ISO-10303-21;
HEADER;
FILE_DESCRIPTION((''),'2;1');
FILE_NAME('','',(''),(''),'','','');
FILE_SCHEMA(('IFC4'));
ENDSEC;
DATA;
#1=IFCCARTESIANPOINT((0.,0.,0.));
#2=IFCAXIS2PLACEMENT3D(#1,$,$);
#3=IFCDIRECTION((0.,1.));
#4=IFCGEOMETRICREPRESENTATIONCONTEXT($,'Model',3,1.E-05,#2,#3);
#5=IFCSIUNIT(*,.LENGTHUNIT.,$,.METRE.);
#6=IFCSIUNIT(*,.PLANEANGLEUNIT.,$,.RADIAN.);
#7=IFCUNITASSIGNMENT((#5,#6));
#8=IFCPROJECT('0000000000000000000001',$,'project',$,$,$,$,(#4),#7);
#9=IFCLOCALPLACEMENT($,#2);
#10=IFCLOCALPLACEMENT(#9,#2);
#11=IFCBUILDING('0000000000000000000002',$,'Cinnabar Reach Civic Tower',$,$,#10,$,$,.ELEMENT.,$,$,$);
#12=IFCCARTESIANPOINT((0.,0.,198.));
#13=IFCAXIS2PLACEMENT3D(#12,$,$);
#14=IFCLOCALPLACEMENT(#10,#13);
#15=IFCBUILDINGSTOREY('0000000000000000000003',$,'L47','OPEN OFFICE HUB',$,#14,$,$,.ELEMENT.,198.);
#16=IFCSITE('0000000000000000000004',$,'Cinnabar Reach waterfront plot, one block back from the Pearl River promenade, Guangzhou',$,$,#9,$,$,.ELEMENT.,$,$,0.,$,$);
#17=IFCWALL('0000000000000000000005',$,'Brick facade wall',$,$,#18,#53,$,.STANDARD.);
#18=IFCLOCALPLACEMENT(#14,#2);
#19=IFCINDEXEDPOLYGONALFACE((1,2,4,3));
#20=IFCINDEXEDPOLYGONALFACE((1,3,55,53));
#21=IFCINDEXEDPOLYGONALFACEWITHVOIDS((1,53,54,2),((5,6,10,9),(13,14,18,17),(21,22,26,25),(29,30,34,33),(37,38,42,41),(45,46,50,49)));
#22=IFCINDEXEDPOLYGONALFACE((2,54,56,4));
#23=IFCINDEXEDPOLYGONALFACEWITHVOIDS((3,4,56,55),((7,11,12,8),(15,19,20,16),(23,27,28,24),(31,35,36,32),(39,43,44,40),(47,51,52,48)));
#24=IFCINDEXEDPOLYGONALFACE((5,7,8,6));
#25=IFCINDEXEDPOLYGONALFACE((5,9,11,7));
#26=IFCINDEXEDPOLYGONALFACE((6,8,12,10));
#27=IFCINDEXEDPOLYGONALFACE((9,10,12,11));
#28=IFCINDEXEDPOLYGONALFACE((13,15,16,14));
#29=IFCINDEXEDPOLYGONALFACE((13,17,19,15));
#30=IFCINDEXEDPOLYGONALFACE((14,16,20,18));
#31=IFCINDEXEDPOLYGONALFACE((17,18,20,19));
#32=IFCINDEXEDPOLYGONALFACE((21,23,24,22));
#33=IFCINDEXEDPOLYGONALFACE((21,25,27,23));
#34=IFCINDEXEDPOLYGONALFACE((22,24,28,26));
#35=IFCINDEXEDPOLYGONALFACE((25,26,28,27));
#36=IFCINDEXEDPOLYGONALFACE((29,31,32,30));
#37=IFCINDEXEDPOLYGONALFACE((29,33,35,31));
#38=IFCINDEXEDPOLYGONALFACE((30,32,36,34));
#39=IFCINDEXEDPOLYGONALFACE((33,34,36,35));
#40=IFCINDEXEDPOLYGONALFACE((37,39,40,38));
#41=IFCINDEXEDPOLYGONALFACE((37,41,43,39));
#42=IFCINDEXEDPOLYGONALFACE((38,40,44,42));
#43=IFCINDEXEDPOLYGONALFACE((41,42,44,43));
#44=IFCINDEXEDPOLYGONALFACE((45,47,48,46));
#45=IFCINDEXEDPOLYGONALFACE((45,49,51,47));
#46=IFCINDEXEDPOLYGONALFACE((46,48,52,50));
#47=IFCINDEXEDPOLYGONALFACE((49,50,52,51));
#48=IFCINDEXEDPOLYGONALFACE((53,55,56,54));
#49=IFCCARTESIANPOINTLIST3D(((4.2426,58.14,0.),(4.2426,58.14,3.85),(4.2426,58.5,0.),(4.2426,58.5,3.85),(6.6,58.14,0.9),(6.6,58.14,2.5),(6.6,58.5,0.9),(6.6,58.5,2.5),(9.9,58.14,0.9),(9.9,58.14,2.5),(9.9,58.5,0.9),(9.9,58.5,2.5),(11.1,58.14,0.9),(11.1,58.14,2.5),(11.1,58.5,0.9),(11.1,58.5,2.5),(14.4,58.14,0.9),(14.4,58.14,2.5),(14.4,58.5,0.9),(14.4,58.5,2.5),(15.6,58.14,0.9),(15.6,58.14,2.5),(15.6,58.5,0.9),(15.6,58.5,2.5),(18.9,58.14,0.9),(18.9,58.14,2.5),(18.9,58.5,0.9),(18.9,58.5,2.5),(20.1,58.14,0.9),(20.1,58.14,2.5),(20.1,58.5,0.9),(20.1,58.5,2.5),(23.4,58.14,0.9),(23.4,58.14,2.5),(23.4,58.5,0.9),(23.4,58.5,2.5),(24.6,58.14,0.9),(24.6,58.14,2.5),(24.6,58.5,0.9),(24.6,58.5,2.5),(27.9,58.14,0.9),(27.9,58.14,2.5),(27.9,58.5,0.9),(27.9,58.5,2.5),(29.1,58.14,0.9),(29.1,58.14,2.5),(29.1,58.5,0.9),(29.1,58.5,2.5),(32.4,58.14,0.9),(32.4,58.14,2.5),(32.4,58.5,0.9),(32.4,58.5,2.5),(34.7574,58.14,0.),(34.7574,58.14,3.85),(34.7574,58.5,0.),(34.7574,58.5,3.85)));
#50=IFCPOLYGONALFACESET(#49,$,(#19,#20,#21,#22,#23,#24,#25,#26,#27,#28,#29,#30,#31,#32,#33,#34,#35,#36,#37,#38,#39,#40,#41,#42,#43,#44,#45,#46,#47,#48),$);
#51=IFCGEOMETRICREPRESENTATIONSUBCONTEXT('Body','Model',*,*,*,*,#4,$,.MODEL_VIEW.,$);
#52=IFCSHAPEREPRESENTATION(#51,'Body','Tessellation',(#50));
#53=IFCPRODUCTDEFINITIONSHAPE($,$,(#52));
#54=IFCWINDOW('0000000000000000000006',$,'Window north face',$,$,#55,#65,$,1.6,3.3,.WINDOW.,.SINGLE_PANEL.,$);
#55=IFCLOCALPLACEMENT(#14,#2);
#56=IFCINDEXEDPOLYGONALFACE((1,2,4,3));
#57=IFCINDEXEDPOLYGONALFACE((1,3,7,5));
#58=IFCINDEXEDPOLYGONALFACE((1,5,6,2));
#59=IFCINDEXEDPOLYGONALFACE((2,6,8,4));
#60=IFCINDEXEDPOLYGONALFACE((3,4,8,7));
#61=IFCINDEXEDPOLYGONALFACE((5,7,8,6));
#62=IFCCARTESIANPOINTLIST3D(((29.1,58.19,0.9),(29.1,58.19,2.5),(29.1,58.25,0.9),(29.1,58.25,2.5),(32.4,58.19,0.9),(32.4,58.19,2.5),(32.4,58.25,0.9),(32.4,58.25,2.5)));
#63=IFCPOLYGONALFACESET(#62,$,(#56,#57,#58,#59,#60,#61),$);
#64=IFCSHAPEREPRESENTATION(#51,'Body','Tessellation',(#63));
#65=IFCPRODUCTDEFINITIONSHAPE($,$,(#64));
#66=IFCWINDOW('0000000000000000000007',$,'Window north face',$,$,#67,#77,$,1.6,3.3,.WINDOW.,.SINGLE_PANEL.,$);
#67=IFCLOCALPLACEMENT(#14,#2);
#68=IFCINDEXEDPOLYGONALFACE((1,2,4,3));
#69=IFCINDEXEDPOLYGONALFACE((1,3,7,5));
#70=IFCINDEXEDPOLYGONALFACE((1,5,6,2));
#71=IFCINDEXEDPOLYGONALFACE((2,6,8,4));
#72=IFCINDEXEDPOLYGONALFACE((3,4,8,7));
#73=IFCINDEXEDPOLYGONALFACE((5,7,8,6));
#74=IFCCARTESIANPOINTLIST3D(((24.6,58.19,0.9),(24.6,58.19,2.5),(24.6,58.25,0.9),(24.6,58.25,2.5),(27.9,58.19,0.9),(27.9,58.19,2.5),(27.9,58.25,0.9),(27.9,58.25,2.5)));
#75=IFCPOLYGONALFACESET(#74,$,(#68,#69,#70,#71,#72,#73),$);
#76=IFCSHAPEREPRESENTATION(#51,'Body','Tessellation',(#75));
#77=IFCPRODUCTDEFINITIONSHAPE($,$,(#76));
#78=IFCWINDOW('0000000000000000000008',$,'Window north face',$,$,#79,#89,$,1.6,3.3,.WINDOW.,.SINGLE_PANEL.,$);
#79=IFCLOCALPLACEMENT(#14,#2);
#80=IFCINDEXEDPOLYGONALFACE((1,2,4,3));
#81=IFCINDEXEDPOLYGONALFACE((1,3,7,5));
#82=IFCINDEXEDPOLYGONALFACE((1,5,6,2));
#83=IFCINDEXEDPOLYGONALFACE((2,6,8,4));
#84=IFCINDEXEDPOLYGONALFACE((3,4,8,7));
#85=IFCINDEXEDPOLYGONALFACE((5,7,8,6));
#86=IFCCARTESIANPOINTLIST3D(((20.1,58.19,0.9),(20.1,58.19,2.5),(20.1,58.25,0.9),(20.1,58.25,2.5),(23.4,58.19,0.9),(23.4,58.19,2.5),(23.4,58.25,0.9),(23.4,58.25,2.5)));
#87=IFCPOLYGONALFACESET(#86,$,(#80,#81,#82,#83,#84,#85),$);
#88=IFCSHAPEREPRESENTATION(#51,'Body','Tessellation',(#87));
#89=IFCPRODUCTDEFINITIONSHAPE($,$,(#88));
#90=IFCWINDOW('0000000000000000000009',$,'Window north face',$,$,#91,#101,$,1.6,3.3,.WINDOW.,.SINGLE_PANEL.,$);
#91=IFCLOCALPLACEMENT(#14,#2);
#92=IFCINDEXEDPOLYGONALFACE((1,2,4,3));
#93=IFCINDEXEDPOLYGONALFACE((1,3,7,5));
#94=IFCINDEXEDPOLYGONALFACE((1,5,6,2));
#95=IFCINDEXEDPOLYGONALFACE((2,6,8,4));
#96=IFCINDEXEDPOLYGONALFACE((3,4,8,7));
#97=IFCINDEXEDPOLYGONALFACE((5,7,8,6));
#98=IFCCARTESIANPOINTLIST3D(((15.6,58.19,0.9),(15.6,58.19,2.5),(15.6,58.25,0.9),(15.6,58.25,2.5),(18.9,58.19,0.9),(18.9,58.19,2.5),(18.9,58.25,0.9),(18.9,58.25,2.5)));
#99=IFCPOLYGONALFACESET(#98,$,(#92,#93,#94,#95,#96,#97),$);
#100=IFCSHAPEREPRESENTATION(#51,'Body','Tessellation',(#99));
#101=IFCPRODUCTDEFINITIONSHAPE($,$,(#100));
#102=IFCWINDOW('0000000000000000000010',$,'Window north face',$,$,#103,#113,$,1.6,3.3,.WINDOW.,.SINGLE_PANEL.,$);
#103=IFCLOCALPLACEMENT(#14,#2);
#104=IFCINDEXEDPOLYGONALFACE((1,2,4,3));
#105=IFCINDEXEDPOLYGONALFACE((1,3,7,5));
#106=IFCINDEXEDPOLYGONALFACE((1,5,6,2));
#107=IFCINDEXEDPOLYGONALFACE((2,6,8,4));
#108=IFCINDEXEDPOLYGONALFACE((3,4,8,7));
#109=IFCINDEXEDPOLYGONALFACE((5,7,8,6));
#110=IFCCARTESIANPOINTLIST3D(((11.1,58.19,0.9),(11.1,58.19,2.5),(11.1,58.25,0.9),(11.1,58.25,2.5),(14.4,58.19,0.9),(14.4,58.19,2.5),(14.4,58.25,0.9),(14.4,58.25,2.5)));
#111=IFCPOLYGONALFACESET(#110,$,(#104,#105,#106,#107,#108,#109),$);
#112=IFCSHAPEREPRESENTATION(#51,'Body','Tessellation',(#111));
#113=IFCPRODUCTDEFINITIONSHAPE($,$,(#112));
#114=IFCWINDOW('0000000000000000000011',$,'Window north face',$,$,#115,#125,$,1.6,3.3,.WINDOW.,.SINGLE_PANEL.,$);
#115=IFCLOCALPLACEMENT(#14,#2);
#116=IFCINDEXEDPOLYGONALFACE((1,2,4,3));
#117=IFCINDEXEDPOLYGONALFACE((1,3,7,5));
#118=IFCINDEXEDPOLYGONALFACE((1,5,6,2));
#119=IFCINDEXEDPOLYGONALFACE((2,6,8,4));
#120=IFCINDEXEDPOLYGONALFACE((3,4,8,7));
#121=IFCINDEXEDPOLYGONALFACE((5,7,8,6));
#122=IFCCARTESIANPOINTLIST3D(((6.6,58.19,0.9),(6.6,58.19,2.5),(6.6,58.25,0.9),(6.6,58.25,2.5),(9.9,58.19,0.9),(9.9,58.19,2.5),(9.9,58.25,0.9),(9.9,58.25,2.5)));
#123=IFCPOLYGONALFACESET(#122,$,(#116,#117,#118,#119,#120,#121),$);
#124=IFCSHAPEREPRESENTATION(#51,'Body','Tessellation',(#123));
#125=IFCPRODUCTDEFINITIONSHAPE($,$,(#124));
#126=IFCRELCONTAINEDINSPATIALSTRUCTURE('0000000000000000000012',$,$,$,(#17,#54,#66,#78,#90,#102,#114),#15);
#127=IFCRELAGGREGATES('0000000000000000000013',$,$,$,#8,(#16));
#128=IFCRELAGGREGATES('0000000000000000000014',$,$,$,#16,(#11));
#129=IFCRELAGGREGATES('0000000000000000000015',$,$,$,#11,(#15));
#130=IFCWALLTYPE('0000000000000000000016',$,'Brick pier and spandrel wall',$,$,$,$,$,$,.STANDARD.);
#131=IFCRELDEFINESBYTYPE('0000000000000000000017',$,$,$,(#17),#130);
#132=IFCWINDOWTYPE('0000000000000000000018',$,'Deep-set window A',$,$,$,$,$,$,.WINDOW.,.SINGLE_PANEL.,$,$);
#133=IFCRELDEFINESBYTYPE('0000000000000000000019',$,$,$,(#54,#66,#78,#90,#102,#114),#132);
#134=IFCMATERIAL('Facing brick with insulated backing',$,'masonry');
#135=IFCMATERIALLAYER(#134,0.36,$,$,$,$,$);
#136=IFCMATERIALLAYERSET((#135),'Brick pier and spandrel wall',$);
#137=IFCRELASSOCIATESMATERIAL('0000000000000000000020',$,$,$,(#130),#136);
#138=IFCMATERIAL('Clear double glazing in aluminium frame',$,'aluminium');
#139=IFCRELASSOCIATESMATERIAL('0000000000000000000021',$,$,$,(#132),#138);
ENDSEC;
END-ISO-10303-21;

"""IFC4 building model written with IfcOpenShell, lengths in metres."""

from ifc_helpers import new_model, si_unit, direction, frame, frame_2d, origin, place, context, subcontext, project, spatial, rectangle, extrude, material, layer, layer_set, type_object, element, fill, save


model = new_model("IFC4")

# Units and contexts
model_context = context("Model", 3, precision=1e-05, world=origin(), true_north=direction((0.0, 1.0)))
body_context = subcontext(model_context, "Body", "Model", "MODEL_VIEW")
ifc_project = project(units=[si_unit("LENGTHUNIT", "METRE"), si_unit("PLANEANGLEUNIT", "RADIAN")], contexts=[model_context])

# Site, building, storey
site_placement = place(None, origin())
site = spatial("IfcSite", under=ifc_project, at=site_placement, Name="Cinnabar Reach waterfront plot, one block back from the Pearl River promenade, Guangzhou", CompositionType="ELEMENT", RefElevation=0.0)
building_placement = place(site_placement, origin())
building = spatial("IfcBuilding", under=site, at=building_placement, Name="Cinnabar Reach Civic Tower", CompositionType="ELEMENT")
storey_placement = place(building_placement, frame((0.0, 0.0, 198.0)))
storey = spatial("IfcBuildingStorey", under=building, at=storey_placement, Name="L47", Description="OPEN OFFICE HUB", CompositionType="ELEMENT", Elevation=198.0)

# Wall, openings, windows
ifc_material_1 = material(Name="Facing brick with insulated backing", Category="masonry")
ifc_layer_1 = layer(ifc_material_1, 0.36)
ifc_layer_set_1 = layer_set([ifc_layer_1], Name="Brick pier and spandrel wall")
wall_type_1 = type_object("IfcWallType", Name="Brick pier and spandrel wall", PredefinedType="STANDARD", material=ifc_layer_set_1)
wall_1_placement = place(storey_placement, frame((34.7574, 58.32, 0.0), z_axis=(0.0, 0.0, 1.0), x_axis=(-1.0, 0.0, 0.0)))
wall_1 = element("IfcWall", 1, at=wall_1_placement, inside=storey, type_object=wall_type_1, Name="Brick facade wall", PredefinedType="STANDARD", context=body_context, shape_type="SweptSolid", body=[
    extrude(rectangle(XDim=30.5148, YDim=0.36, at=frame_2d((15.2574, 0.0))), origin(), (0.0, 0.0, 1.0), 3.85),
])
opening_1_placement = place(wall_1_placement, frame((2.3574, 0.0, 0.9)))
opening_1 = element("IfcOpeningElement", 2, at=opening_1_placement, cuts=wall_1, PredefinedType="OPENING", context=body_context, shape_type="SweptSolid", body=[
    extrude(rectangle(XDim=3.3, YDim=1.6, at=frame_2d((1.65, 0.8))), frame((0.0, 0.19, 0.0), z_axis=(0.0, -1.0, 0.0), x_axis=(1.0, 0.0, 0.0)), (0.0, 0.0, 1.0), 0.38),
])
opening_2_placement = place(wall_1_placement, frame((6.8574, 0.0, 0.9)))
opening_2 = element("IfcOpeningElement", 3, at=opening_2_placement, cuts=wall_1, PredefinedType="OPENING", context=body_context, shape_type="SweptSolid", body=[
    extrude(rectangle(XDim=3.3, YDim=1.6, at=frame_2d((1.65, 0.8))), frame((0.0, 0.19, 0.0), z_axis=(0.0, -1.0, 0.0), x_axis=(1.0, 0.0, 0.0)), (0.0, 0.0, 1.0), 0.38),
])
opening_3_placement = place(wall_1_placement, frame((11.3574, 0.0, 0.9)))
opening_3 = element("IfcOpeningElement", 4, at=opening_3_placement, cuts=wall_1, PredefinedType="OPENING", context=body_context, shape_type="SweptSolid", body=[
    extrude(rectangle(XDim=3.3, YDim=1.6, at=frame_2d((1.65, 0.8))), frame((0.0, 0.19, 0.0), z_axis=(0.0, -1.0, 0.0), x_axis=(1.0, 0.0, 0.0)), (0.0, 0.0, 1.0), 0.38),
])
opening_4_placement = place(wall_1_placement, frame((15.8574, 0.0, 0.9)))
opening_4 = element("IfcOpeningElement", 5, at=opening_4_placement, cuts=wall_1, PredefinedType="OPENING", context=body_context, shape_type="SweptSolid", body=[
    extrude(rectangle(XDim=3.3, YDim=1.6, at=frame_2d((1.65, 0.8))), frame((0.0, 0.19, 0.0), z_axis=(0.0, -1.0, 0.0), x_axis=(1.0, 0.0, 0.0)), (0.0, 0.0, 1.0), 0.38),
])
opening_5_placement = place(wall_1_placement, frame((20.3574, 0.0, 0.9)))
opening_5 = element("IfcOpeningElement", 6, at=opening_5_placement, cuts=wall_1, PredefinedType="OPENING", context=body_context, shape_type="SweptSolid", body=[
    extrude(rectangle(XDim=3.3, YDim=1.6, at=frame_2d((1.65, 0.8))), frame((0.0, 0.19, 0.0), z_axis=(0.0, -1.0, 0.0), x_axis=(1.0, 0.0, 0.0)), (0.0, 0.0, 1.0), 0.38),
])
opening_6_placement = place(wall_1_placement, frame((24.8574, 0.0, 0.9)))
opening_6 = element("IfcOpeningElement", 7, at=opening_6_placement, cuts=wall_1, PredefinedType="OPENING", context=body_context, shape_type="SweptSolid", body=[
    extrude(rectangle(XDim=3.3, YDim=1.6, at=frame_2d((1.65, 0.8))), frame((0.0, 0.19, 0.0), z_axis=(0.0, -1.0, 0.0), x_axis=(1.0, 0.0, 0.0)), (0.0, 0.0, 1.0), 0.38),
])
ifc_material_2 = material(Name="Clear double glazing in aluminium frame", Category="aluminium")
window_type = type_object("IfcWindowType", Name="Deep-set window A", PartitioningType="SINGLE_PANEL", PredefinedType="WINDOW", material=ifc_material_2)
window_1_placement = place(opening_1_placement, origin())
window_1 = element("IfcWindow", 8, at=window_1_placement, inside=storey, type_object=window_type, Name="Window north face", OverallHeight=1.6, OverallWidth=3.3, PartitioningType="SINGLE_PANEL", PredefinedType="WINDOW", context=body_context, shape_type="SweptSolid", body=[
    extrude(rectangle(XDim=3.3, YDim=1.6, at=frame_2d((1.65, 0.8))), frame((0.0, 0.13, 0.0), z_axis=(0.0, -1.0, 0.0), x_axis=(1.0, 0.0, 0.0)), (0.0, 0.0, 1.0), 0.06),
])
fill(opening_1, window_1)
window_2_placement = place(opening_2_placement, origin())
window_2 = element("IfcWindow", 9, at=window_2_placement, inside=storey, type_object=window_type, Name="Window north face", OverallHeight=1.6, OverallWidth=3.3, PartitioningType="SINGLE_PANEL", PredefinedType="WINDOW", context=body_context, shape_type="SweptSolid", body=[
    extrude(rectangle(XDim=3.3, YDim=1.6, at=frame_2d((1.65, 0.8))), frame((0.0, 0.13, 0.0), z_axis=(0.0, -1.0, 0.0), x_axis=(1.0, 0.0, 0.0)), (0.0, 0.0, 1.0), 0.06),
])
fill(opening_2, window_2)
window_3_placement = place(opening_3_placement, origin())
window_3 = element("IfcWindow", 10, at=window_3_placement, inside=storey, type_object=window_type, Name="Window north face", OverallHeight=1.6, OverallWidth=3.3, PartitioningType="SINGLE_PANEL", PredefinedType="WINDOW", context=body_context, shape_type="SweptSolid", body=[
    extrude(rectangle(XDim=3.3, YDim=1.6, at=frame_2d((1.65, 0.8))), frame((0.0, 0.13, 0.0), z_axis=(0.0, -1.0, 0.0), x_axis=(1.0, 0.0, 0.0)), (0.0, 0.0, 1.0), 0.06),
])
fill(opening_3, window_3)
window_4_placement = place(opening_4_placement, origin())
window_4 = element("IfcWindow", 11, at=window_4_placement, inside=storey, type_object=window_type, Name="Window north face", OverallHeight=1.6, OverallWidth=3.3, PartitioningType="SINGLE_PANEL", PredefinedType="WINDOW", context=body_context, shape_type="SweptSolid", body=[
    extrude(rectangle(XDim=3.3, YDim=1.6, at=frame_2d((1.65, 0.8))), frame((0.0, 0.13, 0.0), z_axis=(0.0, -1.0, 0.0), x_axis=(1.0, 0.0, 0.0)), (0.0, 0.0, 1.0), 0.06),
])
fill(opening_4, window_4)
window_5_placement = place(opening_5_placement, origin())
window_5 = element("IfcWindow", 12, at=window_5_placement, inside=storey, type_object=window_type, Name="Window north face", OverallHeight=1.6, OverallWidth=3.3, PartitioningType="SINGLE_PANEL", PredefinedType="WINDOW", context=body_context, shape_type="SweptSolid", body=[
    extrude(rectangle(XDim=3.3, YDim=1.6, at=frame_2d((1.65, 0.8))), frame((0.0, 0.13, 0.0), z_axis=(0.0, -1.0, 0.0), x_axis=(1.0, 0.0, 0.0)), (0.0, 0.0, 1.0), 0.06),
])
fill(opening_5, window_5)
window_6_placement = place(opening_6_placement, origin())
window_6 = element("IfcWindow", 13, at=window_6_placement, inside=storey, type_object=window_type, Name="Window north face", OverallHeight=1.6, OverallWidth=3.3, PartitioningType="SINGLE_PANEL", PredefinedType="WINDOW", context=body_context, shape_type="SweptSolid", body=[
    extrude(rectangle(XDim=3.3, YDim=1.6, at=frame_2d((1.65, 0.8))), frame((0.0, 0.13, 0.0), z_axis=(0.0, -1.0, 0.0), x_axis=(1.0, 0.0, 0.0)), (0.0, 0.0, 1.0), 0.06),
])
fill(opening_6, window_6)

save(model, "model.ifc")
